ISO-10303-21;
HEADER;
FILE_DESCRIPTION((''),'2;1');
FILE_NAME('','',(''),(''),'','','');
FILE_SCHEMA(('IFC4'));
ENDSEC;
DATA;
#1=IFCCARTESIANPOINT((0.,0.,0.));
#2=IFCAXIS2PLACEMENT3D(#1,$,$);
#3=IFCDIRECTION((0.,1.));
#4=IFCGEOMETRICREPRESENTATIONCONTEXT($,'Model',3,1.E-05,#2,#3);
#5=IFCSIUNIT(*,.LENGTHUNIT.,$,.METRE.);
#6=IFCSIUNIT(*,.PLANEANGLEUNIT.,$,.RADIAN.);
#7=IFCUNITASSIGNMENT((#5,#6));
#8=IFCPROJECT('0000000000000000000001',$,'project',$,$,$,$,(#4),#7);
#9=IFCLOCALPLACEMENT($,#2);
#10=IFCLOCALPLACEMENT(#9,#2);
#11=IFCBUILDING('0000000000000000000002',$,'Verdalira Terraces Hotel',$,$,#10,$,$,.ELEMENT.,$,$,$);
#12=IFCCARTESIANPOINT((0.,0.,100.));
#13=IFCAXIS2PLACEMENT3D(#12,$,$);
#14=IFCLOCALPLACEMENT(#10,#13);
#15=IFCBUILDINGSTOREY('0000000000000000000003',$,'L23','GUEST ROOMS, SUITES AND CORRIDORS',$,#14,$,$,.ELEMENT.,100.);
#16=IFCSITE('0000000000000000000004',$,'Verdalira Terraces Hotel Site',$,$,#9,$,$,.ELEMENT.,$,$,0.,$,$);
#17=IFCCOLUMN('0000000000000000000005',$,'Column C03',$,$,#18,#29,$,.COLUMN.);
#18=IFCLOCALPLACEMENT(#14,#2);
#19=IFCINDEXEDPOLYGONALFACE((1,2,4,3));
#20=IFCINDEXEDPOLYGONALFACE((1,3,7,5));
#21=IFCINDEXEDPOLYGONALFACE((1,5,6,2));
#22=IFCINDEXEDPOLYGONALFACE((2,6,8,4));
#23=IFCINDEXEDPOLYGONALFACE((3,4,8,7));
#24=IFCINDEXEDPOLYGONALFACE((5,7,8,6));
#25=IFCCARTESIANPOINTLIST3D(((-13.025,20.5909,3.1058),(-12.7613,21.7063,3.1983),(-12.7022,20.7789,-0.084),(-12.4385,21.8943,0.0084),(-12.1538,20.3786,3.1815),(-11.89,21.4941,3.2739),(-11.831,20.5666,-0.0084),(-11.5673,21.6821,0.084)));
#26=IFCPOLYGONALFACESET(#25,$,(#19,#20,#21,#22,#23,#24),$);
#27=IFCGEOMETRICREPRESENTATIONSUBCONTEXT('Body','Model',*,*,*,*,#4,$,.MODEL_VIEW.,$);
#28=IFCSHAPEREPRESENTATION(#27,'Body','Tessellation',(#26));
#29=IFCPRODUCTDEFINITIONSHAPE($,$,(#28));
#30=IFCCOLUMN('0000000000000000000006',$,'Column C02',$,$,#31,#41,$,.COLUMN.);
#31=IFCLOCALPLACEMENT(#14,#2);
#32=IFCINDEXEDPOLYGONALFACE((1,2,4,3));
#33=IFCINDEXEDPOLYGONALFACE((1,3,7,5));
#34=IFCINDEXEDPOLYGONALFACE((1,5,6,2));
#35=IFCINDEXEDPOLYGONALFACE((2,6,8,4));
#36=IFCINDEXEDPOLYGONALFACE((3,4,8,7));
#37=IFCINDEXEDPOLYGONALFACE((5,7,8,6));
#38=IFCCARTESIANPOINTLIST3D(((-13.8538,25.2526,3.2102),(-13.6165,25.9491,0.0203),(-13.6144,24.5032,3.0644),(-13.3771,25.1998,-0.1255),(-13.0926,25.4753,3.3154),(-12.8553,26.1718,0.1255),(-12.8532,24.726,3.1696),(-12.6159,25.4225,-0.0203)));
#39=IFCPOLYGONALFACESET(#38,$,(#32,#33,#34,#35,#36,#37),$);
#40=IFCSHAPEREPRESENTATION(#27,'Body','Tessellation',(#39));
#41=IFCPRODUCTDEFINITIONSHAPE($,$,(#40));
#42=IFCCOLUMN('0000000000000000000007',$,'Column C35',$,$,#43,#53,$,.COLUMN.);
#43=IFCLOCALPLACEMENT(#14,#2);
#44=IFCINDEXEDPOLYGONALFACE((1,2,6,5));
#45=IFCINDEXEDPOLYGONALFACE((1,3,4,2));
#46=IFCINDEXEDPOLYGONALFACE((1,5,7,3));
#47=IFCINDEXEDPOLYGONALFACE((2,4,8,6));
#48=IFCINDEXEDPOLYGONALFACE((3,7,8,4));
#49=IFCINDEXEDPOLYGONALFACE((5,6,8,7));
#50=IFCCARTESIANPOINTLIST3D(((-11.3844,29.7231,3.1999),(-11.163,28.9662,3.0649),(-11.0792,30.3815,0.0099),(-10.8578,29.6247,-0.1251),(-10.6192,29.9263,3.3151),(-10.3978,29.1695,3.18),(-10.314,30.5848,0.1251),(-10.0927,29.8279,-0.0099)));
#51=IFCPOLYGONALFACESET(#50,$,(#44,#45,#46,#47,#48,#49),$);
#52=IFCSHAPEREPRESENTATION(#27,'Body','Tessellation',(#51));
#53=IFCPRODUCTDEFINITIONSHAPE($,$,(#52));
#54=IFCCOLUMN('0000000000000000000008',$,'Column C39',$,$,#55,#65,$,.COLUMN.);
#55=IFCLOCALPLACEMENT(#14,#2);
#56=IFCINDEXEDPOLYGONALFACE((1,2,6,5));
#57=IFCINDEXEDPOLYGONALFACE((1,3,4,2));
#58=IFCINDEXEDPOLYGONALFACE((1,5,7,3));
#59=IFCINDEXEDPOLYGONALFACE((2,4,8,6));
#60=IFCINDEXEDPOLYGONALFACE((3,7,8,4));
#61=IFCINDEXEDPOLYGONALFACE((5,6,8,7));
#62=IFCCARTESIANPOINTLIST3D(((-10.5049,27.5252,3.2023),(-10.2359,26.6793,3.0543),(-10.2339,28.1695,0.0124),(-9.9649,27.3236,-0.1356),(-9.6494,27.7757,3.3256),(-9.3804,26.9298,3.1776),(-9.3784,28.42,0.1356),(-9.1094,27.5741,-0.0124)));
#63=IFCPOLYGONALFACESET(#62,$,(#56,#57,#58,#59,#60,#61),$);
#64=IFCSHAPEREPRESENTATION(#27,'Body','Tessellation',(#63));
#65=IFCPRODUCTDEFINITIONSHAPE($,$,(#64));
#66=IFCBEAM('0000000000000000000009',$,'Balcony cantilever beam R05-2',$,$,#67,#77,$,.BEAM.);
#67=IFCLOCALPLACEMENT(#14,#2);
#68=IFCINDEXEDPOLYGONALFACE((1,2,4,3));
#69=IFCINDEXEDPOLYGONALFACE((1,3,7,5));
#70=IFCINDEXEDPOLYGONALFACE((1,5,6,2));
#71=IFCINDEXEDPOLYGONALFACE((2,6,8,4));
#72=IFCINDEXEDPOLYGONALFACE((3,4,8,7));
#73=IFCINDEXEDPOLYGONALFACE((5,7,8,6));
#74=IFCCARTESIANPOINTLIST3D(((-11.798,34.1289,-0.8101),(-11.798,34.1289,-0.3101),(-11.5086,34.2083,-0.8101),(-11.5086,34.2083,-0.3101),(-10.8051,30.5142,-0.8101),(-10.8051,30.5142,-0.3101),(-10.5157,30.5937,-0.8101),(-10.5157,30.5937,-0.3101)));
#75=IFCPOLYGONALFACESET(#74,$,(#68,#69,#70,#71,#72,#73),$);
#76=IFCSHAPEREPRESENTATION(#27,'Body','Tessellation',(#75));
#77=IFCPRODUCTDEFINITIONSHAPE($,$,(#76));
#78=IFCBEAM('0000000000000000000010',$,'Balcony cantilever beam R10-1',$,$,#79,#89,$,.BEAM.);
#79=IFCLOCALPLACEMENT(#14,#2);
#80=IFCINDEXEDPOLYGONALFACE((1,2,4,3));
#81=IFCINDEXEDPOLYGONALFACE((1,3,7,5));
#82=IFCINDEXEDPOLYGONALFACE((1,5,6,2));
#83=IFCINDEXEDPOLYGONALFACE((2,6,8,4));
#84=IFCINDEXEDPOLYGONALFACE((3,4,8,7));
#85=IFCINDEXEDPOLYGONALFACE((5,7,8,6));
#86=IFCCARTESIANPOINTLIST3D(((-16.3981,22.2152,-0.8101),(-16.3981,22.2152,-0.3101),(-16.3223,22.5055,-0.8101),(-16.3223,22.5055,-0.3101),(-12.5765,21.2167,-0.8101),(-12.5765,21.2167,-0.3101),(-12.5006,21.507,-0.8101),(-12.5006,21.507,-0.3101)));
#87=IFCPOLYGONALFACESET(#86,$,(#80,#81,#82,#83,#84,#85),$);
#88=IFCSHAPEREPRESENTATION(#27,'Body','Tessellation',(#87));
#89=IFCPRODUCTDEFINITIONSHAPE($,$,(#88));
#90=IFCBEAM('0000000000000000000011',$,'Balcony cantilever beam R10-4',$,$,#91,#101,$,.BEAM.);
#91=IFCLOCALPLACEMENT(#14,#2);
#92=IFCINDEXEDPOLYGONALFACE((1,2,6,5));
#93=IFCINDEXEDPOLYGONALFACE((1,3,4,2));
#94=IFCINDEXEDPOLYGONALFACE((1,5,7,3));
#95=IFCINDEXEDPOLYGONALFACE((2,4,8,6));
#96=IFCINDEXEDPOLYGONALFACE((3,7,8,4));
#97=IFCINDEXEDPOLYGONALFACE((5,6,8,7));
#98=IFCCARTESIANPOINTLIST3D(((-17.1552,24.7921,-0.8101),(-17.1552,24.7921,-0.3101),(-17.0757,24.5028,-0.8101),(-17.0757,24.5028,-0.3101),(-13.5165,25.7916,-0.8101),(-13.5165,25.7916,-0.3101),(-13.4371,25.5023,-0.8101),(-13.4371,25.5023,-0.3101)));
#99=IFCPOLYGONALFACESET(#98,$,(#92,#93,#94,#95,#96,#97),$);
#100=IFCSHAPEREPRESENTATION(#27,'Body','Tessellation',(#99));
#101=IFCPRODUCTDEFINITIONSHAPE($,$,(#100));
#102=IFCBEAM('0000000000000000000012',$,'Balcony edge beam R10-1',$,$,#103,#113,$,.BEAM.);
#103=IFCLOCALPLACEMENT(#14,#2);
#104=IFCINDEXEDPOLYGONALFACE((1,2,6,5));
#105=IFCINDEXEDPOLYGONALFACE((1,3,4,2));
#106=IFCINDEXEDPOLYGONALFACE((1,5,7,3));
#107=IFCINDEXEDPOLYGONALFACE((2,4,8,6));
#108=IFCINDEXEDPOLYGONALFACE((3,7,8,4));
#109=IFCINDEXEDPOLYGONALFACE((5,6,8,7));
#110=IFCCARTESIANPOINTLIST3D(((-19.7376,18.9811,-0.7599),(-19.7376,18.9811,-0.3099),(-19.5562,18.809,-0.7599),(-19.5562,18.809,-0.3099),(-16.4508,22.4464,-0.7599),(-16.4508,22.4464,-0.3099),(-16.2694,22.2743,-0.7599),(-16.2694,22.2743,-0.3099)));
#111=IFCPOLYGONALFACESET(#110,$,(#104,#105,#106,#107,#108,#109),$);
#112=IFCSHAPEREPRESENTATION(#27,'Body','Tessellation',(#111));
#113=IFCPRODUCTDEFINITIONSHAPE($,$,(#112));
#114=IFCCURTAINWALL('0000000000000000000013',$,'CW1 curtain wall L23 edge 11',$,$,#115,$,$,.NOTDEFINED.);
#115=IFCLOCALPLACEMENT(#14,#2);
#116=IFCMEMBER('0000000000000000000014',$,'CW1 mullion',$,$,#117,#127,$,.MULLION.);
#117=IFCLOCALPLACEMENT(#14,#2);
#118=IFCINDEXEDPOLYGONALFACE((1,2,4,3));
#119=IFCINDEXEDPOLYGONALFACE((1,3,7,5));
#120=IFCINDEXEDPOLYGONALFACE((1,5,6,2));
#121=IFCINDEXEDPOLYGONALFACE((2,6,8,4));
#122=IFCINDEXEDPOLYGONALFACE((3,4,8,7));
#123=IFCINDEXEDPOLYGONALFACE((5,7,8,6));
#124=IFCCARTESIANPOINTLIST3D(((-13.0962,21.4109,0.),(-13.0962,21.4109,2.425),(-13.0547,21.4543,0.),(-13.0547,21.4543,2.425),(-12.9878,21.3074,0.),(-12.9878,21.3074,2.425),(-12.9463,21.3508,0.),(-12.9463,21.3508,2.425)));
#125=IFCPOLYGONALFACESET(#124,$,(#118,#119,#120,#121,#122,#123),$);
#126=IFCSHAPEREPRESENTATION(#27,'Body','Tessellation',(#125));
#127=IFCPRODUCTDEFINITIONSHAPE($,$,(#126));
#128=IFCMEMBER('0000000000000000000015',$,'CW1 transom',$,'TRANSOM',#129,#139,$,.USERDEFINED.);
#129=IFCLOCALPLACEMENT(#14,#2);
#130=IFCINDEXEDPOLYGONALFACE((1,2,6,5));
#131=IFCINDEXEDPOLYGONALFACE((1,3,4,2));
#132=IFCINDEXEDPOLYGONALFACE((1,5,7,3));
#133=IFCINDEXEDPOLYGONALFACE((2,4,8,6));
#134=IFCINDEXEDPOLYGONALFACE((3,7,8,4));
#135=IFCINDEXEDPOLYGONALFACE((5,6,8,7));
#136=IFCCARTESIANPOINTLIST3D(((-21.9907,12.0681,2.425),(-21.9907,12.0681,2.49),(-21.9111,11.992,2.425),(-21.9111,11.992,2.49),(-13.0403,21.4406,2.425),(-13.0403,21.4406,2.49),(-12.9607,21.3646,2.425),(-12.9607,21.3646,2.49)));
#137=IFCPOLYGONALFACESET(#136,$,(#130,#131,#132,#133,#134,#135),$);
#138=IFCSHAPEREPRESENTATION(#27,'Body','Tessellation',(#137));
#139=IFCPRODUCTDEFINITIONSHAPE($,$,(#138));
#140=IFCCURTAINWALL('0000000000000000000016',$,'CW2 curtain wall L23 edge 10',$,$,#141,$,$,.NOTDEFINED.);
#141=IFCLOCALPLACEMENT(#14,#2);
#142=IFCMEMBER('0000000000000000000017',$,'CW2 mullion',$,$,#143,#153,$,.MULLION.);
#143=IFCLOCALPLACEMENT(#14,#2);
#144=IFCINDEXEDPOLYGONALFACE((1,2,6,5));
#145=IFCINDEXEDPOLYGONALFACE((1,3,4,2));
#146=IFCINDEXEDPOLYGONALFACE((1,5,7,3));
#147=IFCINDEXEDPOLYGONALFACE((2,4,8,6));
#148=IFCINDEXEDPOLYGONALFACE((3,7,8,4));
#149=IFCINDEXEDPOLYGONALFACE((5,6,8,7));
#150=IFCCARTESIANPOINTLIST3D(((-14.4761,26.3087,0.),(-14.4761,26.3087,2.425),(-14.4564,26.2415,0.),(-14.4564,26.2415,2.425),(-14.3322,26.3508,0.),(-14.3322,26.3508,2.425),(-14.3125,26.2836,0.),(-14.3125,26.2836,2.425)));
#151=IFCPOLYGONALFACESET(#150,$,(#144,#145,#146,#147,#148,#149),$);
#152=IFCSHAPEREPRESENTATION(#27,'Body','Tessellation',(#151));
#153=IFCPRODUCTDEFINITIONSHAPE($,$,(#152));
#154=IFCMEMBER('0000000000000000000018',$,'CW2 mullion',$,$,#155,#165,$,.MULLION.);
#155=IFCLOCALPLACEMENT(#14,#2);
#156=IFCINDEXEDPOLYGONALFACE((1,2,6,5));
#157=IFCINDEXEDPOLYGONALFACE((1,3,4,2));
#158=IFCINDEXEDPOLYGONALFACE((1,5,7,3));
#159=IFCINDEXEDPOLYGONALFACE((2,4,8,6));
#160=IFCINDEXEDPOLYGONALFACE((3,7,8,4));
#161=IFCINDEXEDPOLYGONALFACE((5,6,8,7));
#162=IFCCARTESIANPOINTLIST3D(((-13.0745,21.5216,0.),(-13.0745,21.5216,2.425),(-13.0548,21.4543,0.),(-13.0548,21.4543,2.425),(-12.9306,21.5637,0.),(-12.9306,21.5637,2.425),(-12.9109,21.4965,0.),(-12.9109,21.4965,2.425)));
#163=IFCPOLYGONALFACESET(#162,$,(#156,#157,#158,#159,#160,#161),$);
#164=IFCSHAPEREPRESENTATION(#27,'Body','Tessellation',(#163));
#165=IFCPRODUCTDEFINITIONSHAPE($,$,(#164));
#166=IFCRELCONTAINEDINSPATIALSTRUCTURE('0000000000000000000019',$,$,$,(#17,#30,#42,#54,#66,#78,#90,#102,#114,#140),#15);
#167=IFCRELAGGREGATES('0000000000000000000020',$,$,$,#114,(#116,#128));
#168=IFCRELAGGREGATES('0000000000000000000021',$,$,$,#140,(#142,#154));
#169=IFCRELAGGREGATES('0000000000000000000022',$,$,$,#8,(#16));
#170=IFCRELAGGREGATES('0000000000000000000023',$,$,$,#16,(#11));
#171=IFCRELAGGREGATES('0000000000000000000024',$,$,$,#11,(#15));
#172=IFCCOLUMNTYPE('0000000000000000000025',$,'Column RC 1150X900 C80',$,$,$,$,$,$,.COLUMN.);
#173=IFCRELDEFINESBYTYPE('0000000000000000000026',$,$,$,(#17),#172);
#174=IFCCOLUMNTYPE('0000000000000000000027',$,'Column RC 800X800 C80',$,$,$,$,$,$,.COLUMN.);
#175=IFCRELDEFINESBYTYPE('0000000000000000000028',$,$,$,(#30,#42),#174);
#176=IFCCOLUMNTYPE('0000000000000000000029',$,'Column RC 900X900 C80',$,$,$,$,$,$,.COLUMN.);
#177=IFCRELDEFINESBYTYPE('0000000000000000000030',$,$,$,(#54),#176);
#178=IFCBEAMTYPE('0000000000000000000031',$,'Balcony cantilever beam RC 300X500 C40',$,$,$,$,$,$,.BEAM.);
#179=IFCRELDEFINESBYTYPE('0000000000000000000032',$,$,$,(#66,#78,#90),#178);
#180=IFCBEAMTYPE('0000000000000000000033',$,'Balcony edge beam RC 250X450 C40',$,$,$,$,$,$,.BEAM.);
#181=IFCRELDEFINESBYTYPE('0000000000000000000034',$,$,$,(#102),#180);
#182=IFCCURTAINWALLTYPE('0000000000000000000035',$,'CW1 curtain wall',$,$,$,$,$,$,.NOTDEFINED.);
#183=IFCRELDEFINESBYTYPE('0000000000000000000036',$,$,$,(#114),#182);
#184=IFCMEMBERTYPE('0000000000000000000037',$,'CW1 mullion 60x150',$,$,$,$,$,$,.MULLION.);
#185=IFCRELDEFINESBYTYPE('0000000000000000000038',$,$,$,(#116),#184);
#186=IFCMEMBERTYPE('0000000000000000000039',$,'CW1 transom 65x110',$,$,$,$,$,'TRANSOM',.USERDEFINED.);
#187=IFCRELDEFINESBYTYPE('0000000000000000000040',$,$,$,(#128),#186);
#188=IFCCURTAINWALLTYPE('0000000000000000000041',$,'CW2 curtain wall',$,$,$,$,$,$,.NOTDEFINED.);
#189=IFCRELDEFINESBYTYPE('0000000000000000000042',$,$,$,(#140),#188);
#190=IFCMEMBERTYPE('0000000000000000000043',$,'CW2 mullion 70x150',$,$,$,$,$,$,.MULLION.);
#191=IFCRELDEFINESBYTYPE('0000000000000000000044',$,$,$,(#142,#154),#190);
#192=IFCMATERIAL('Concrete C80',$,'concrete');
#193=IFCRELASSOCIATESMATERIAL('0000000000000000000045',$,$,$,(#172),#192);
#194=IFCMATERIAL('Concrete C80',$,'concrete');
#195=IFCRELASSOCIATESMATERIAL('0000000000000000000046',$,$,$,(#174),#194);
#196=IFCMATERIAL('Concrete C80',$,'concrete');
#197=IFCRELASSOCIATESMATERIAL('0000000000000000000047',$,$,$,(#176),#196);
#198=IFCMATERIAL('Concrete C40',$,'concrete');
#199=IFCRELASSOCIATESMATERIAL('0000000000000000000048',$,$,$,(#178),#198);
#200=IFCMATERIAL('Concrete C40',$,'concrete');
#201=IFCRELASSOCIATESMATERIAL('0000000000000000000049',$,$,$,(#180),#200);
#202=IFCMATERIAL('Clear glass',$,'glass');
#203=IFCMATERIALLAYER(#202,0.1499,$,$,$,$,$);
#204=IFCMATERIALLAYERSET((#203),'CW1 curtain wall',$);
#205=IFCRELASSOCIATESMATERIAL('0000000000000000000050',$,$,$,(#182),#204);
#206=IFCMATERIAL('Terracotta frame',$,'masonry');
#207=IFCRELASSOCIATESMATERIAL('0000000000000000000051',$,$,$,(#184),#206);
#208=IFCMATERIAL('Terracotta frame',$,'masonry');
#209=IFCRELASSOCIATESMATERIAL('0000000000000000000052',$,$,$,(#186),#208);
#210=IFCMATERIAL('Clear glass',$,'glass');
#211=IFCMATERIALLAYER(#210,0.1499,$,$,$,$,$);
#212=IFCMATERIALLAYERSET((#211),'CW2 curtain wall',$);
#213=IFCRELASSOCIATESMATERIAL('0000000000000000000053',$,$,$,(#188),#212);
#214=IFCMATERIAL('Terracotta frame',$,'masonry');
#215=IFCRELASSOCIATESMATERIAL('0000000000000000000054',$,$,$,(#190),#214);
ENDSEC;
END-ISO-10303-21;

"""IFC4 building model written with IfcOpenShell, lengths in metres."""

from ifc_helpers import new_model, si_unit, direction, frame, origin, origin_2d, place, context, subcontext, project, spatial, rectangle, extrude, material, layer, layer_set, material_profile, profile_set, type_object, element, aggregate, save


model = new_model("IFC4")

# Units and contexts
model_context = context("Model", 3, precision=1e-05, world=origin(), true_north=direction((0.0, 1.0)))
body_context = subcontext(model_context, "Body", "Model", "MODEL_VIEW")
ifc_project = project(units=[si_unit("LENGTHUNIT", "METRE"), si_unit("PLANEANGLEUNIT", "RADIAN")], contexts=[model_context])

# Site, building, storey
site_placement = place(None, origin())
site = spatial("IfcSite", under=ifc_project, at=site_placement, Name="Verdalira Terraces Hotel Site", CompositionType="ELEMENT", RefElevation=0.0)
building_placement = place(site_placement, origin())
building = spatial("IfcBuilding", under=site, at=building_placement, Name="Verdalira Terraces Hotel", CompositionType="ELEMENT")
storey_placement = place(building_placement, frame((0.0, 0.0, 100.0)))
storey = spatial("IfcBuildingStorey", under=building, at=storey_placement, Name="L23", Description="GUEST ROOMS, SUITES AND CORRIDORS", CompositionType="ELEMENT", Elevation=100.0)

# Columns
ifc_material_1 = material(Name="Concrete C80", Category="concrete")
ifc_material_profile_1 = material_profile(ifc_material_1, rectangle(XDim=1.1499, YDim=0.8999, at=origin_2d()), Name="RC 1150X900")
ifc_profile_set_1 = profile_set([ifc_material_profile_1], Name="Concrete C80")
column_type_1 = type_object("IfcColumnType", Name="Column RC 1150X900 C80", PredefinedType="COLUMN", material=ifc_profile_set_1)
column_1_placement = place(storey_placement, frame((-12.1348, 21.2305, 0.0), z_axis=(-0.100492, -0.058532, 0.993215), x_axis=(0.229353, 0.97002, 0.08037)))
element("IfcColumn", 1, at=column_1_placement, inside=storey, type_object=column_type_1, Name="Column C03", PredefinedType="COLUMN", context=body_context, shape_type="SweptSolid", body=[
    extrude(rectangle(XDim=1.1499, YDim=0.8999, at=origin_2d()), origin(), (0.0, 0.0, 1.0), 3.2117),
])
ifc_material_2 = material(Name="Concrete C80", Category="concrete")
ifc_material_profile_2 = material_profile(ifc_material_2, rectangle(XDim=0.8, YDim=0.8, at=origin_2d()), Name="RC 800X800")
ifc_profile_set_2 = profile_set([ifc_material_profile_2], Name="Concrete C80")
column_type_2 = type_object("IfcColumnType", Name="Column RC 800X800 C80", PredefinedType="COLUMN", material=ifc_profile_set_2)
column_2_placement = place(storey_placement, frame((-13.1162, 25.6858, 0.0), z_axis=(-0.072488, -0.212765, 0.974411), x_axis=(0.299247, -0.936609, -0.18225)))
element("IfcColumn", 2, at=column_2_placement, inside=storey, type_object=column_type_2, Name="Column C02", PredefinedType="COLUMN", context=body_context, shape_type="SweptSolid", body=[
    extrude(rectangle(XDim=0.8, YDim=0.8, at=origin_2d()), origin(), (0.0, 0.0, 1.0), 3.2737),
])
column_3_placement = place(storey_placement, frame((-10.5859, 30.1047, 0.0), z_axis=(-0.093284, -0.201271, 0.975084), x_axis=(-0.956419, -0.254057, -0.14394)))
element("IfcColumn", 3, at=column_3_placement, inside=storey, type_object=column_type_2, Name="Column C35", PredefinedType="COLUMN", context=body_context, shape_type="SweptSolid", body=[
    extrude(rectangle(XDim=0.8, YDim=0.8, at=origin_2d()), origin(), (0.0, 0.0, 1.0), 3.2715),
])
ifc_material_3 = material(Name="Concrete C80", Category="concrete")
ifc_material_profile_3 = material_profile(ifc_material_3, rectangle(XDim=0.8999, YDim=0.8999, at=origin_2d()), Name="RC 900X900")
ifc_profile_set_3 = profile_set([ifc_material_profile_3], Name="Concrete C80")
column_type_3 = type_object("IfcColumnType", Name="Column RC 900X900 C80", PredefinedType="COLUMN", material=ifc_profile_set_3)
column_4_placement = place(storey_placement, frame((-9.6716, 27.8718, 0.0), z_axis=(-0.082985, -0.197294, 0.976826), x_axis=(-0.298937, 0.939995, 0.164459)))
element("IfcColumn", 4, at=column_4_placement, inside=storey, type_object=column_type_3, Name="Column C39", PredefinedType="COLUMN", context=body_context, shape_type="SweptSolid", body=[
    extrude(rectangle(XDim=0.8999, YDim=0.8999, at=origin_2d()), origin(), (0.0, 0.0, 1.0), 3.2656),
])

# Beams
ifc_material_4 = material(Name="Concrete C40", Category="concrete")
ifc_material_profile_4 = material_profile(ifc_material_4, rectangle(XDim=0.3, YDim=0.5, at=origin_2d()), Name="RC 300X500")
ifc_profile_set_4 = profile_set([ifc_material_profile_4], Name="Concrete C40")
beam_type_1 = type_object("IfcBeamType", Name="Balcony cantilever beam RC 300X500 C40", PredefinedType="BEAM", material=ifc_profile_set_4)
beam_1_placement = place(storey_placement, frame((-10.6604, 30.554, -0.5601), z_axis=(-0.264875, 0.964283, 0.0), x_axis=(-0.964283, -0.264875, 0.0)))
element("IfcBeam", 5, at=beam_1_placement, inside=storey, type_object=beam_type_1, Name="Balcony cantilever beam R05-2", PredefinedType="BEAM", context=body_context, shape_type="SweptSolid", body=[
    extrude(rectangle(XDim=0.3, YDim=0.5, at=origin_2d()), origin(), (0.0, 0.0, 1.0), 3.7485),
])
beam_2_placement = place(storey_placement, frame((-12.5386, 21.3618, -0.5601), z_axis=(-0.967517, 0.252804, 0.0), x_axis=(-0.252804, -0.967517, 0.0)))
element("IfcBeam", 6, at=beam_2_placement, inside=storey, type_object=beam_type_1, Name="Balcony cantilever beam R10-1", PredefinedType="BEAM", context=body_context, shape_type="SweptSolid", body=[
    extrude(rectangle(XDim=0.3, YDim=0.5, at=origin_2d()), origin(), (0.0, 0.0, 1.0), 3.95),
])
beam_3_placement = place(storey_placement, frame((-13.4768, 25.647, -0.5601), z_axis=(-0.964281, -0.26488, 0.0), x_axis=(0.26488, -0.964281, 0.0)))
element("IfcBeam", 7, at=beam_3_placement, inside=storey, type_object=beam_type_1, Name="Balcony cantilever beam R10-4", PredefinedType="BEAM", context=body_context, shape_type="SweptSolid", body=[
    extrude(rectangle(XDim=0.3, YDim=0.5, at=origin_2d()), origin(), (0.0, 0.0, 1.0), 3.7734),
])
ifc_material_5 = material(Name="Concrete C40", Category="concrete")
ifc_material_profile_5 = material_profile(ifc_material_5, rectangle(XDim=0.25, YDim=0.45, at=origin_2d()), Name="RC 250X450")
ifc_profile_set_5 = profile_set([ifc_material_profile_5], Name="Concrete C40")
beam_type_2 = type_object("IfcBeamType", Name="Balcony edge beam RC 250X450 C40", PredefinedType="BEAM", material=ifc_profile_set_5)
beam_4_placement = place(storey_placement, frame((-16.3601, 22.3604, -0.5349), z_axis=(-0.688177, -0.725543, 0.0), x_axis=(0.725543, -0.688177, 0.0)))
element("IfcBeam", 8, at=beam_4_placement, inside=storey, type_object=beam_type_2, Name="Balcony edge beam R10-1", PredefinedType="BEAM", context=body_context, shape_type="SweptSolid", body=[
    extrude(rectangle(XDim=0.25, YDim=0.45, at=origin_2d()), origin(), (0.0, 0.0, 1.0), 4.7761),
])

# Curtain walls, members
ifc_material_6 = material(Name="Clear glass", Category="glass")
ifc_layer_1 = layer(ifc_material_6, 0.1499)
ifc_layer_set_1 = layer_set([ifc_layer_1], Name="CW1 curtain wall")
curtain_wall_type_1 = type_object("IfcCurtainWallType", Name="CW1 curtain wall", PredefinedType="NOTDEFINED", material=ifc_layer_set_1)
curtain_wall_1_placement = place(storey_placement, origin())
curtain_wall_1 = element("IfcCurtainWall", 9, at=curtain_wall_1_placement, inside=storey, type_object=curtain_wall_type_1, Name="CW1 curtain wall L23 edge 11", PredefinedType="NOTDEFINED")
ifc_material_7 = material(Name="Terracotta frame", Category="masonry")
ifc_material_profile_6 = material_profile(ifc_material_7, rectangle(XDim=0.0601, YDim=0.1499, at=origin_2d()), Name="MU 60x150")
ifc_profile_set_6 = profile_set([ifc_material_profile_6], Name="Terracotta frame")
member_type_1 = type_object("IfcMemberType", Name="CW1 mullion 60x150", PredefinedType="MULLION", material=ifc_profile_set_6)
member_1_placement = place(storey_placement, frame((-13.0212, 21.3809, 0.0), z_axis=(0.0, 0.0, 1.0), x_axis=(-0.69063, -0.723208, 0.0)))
member_1 = element("IfcMember", 10, at=member_1_placement, type_object=member_type_1, Name="CW1 mullion", PredefinedType="MULLION", context=body_context, shape_type="SweptSolid", body=[
    extrude(rectangle(XDim=0.0601, YDim=0.1499, at=origin_2d()), origin(), (0.0, 0.0, 1.0), 2.425),
])
ifc_material_8 = material(Name="Terracotta frame", Category="masonry")
ifc_material_profile_7 = material_profile(ifc_material_8, rectangle(XDim=0.1101, YDim=0.0649, at=origin_2d()), Name="TR 65x110")
ifc_profile_set_7 = profile_set([ifc_material_profile_7], Name="Terracotta frame")
member_type_2 = type_object("IfcMemberType", Name="CW1 transom 65x110", ElementType="TRANSOM", PredefinedType="USERDEFINED", material=ifc_profile_set_7)
member_2_placement = place(storey_placement, frame((-13.0005, 21.4026, 2.4575), z_axis=(-0.690633, -0.723205, 0.0), x_axis=(0.723205, -0.690633, 0.0)))
member_2 = element("IfcMember", 11, at=member_2_placement, type_object=member_type_2, Name="CW1 transom", ObjectType="TRANSOM", PredefinedType="USERDEFINED", context=body_context, shape_type="SweptSolid", body=[
    extrude(rectangle(XDim=0.1101, YDim=0.0649, at=origin_2d()), origin(), (0.0, 0.0, 1.0), 12.9597),
])
ifc_material_9 = material(Name="Clear glass", Category="glass")
ifc_layer_2 = layer(ifc_material_9, 0.1499)
ifc_layer_set_2 = layer_set([ifc_layer_2], Name="CW2 curtain wall")
curtain_wall_type_2 = type_object("IfcCurtainWallType", Name="CW2 curtain wall", PredefinedType="NOTDEFINED", material=ifc_layer_set_2)
curtain_wall_2_placement = place(storey_placement, origin())
curtain_wall_2 = element("IfcCurtainWall", 12, at=curtain_wall_2_placement, inside=storey, type_object=curtain_wall_type_2, Name="CW2 curtain wall L23 edge 10", PredefinedType="NOTDEFINED")
ifc_material_10 = material(Name="Terracotta frame", Category="masonry")
ifc_material_profile_8 = material_profile(ifc_material_10, rectangle(XDim=0.0701, YDim=0.1499, at=origin_2d()), Name="MU 70x150")
ifc_profile_set_8 = profile_set([ifc_material_profile_8], Name="Terracotta frame")
member_type_3 = type_object("IfcMemberType", Name="CW2 mullion 70x150", PredefinedType="MULLION", material=ifc_profile_set_8)
member_3_placement = place(storey_placement, frame((-14.3943, 26.2961, 0.0), z_axis=(0.0, 0.0, 1.0), x_axis=(0.281002, -0.959707, 0.0)))
member_3 = element("IfcMember", 13, at=member_3_placement, type_object=member_type_3, Name="CW2 mullion", PredefinedType="MULLION", context=body_context, shape_type="SweptSolid", body=[
    extrude(rectangle(XDim=0.0701, YDim=0.1499, at=origin_2d()), origin(), (0.0, 0.0, 1.0), 2.425),
])
member_4_placement = place(storey_placement, frame((-12.9927, 21.509, 0.0), z_axis=(0.0, 0.0, 1.0), x_axis=(0.281002, -0.959707, 0.0)))
member_4 = element("IfcMember", 14, at=member_4_placement, type_object=member_type_3, Name="CW2 mullion", PredefinedType="MULLION", context=body_context, shape_type="SweptSolid", body=[
    extrude(rectangle(XDim=0.0701, YDim=0.1499, at=origin_2d()), origin(), (0.0, 0.0, 1.0), 2.425),
])

aggregate(curtain_wall_1, [member_1, member_2])

aggregate(curtain_wall_2, [member_3, member_4])

save(model, "model.ifc")
